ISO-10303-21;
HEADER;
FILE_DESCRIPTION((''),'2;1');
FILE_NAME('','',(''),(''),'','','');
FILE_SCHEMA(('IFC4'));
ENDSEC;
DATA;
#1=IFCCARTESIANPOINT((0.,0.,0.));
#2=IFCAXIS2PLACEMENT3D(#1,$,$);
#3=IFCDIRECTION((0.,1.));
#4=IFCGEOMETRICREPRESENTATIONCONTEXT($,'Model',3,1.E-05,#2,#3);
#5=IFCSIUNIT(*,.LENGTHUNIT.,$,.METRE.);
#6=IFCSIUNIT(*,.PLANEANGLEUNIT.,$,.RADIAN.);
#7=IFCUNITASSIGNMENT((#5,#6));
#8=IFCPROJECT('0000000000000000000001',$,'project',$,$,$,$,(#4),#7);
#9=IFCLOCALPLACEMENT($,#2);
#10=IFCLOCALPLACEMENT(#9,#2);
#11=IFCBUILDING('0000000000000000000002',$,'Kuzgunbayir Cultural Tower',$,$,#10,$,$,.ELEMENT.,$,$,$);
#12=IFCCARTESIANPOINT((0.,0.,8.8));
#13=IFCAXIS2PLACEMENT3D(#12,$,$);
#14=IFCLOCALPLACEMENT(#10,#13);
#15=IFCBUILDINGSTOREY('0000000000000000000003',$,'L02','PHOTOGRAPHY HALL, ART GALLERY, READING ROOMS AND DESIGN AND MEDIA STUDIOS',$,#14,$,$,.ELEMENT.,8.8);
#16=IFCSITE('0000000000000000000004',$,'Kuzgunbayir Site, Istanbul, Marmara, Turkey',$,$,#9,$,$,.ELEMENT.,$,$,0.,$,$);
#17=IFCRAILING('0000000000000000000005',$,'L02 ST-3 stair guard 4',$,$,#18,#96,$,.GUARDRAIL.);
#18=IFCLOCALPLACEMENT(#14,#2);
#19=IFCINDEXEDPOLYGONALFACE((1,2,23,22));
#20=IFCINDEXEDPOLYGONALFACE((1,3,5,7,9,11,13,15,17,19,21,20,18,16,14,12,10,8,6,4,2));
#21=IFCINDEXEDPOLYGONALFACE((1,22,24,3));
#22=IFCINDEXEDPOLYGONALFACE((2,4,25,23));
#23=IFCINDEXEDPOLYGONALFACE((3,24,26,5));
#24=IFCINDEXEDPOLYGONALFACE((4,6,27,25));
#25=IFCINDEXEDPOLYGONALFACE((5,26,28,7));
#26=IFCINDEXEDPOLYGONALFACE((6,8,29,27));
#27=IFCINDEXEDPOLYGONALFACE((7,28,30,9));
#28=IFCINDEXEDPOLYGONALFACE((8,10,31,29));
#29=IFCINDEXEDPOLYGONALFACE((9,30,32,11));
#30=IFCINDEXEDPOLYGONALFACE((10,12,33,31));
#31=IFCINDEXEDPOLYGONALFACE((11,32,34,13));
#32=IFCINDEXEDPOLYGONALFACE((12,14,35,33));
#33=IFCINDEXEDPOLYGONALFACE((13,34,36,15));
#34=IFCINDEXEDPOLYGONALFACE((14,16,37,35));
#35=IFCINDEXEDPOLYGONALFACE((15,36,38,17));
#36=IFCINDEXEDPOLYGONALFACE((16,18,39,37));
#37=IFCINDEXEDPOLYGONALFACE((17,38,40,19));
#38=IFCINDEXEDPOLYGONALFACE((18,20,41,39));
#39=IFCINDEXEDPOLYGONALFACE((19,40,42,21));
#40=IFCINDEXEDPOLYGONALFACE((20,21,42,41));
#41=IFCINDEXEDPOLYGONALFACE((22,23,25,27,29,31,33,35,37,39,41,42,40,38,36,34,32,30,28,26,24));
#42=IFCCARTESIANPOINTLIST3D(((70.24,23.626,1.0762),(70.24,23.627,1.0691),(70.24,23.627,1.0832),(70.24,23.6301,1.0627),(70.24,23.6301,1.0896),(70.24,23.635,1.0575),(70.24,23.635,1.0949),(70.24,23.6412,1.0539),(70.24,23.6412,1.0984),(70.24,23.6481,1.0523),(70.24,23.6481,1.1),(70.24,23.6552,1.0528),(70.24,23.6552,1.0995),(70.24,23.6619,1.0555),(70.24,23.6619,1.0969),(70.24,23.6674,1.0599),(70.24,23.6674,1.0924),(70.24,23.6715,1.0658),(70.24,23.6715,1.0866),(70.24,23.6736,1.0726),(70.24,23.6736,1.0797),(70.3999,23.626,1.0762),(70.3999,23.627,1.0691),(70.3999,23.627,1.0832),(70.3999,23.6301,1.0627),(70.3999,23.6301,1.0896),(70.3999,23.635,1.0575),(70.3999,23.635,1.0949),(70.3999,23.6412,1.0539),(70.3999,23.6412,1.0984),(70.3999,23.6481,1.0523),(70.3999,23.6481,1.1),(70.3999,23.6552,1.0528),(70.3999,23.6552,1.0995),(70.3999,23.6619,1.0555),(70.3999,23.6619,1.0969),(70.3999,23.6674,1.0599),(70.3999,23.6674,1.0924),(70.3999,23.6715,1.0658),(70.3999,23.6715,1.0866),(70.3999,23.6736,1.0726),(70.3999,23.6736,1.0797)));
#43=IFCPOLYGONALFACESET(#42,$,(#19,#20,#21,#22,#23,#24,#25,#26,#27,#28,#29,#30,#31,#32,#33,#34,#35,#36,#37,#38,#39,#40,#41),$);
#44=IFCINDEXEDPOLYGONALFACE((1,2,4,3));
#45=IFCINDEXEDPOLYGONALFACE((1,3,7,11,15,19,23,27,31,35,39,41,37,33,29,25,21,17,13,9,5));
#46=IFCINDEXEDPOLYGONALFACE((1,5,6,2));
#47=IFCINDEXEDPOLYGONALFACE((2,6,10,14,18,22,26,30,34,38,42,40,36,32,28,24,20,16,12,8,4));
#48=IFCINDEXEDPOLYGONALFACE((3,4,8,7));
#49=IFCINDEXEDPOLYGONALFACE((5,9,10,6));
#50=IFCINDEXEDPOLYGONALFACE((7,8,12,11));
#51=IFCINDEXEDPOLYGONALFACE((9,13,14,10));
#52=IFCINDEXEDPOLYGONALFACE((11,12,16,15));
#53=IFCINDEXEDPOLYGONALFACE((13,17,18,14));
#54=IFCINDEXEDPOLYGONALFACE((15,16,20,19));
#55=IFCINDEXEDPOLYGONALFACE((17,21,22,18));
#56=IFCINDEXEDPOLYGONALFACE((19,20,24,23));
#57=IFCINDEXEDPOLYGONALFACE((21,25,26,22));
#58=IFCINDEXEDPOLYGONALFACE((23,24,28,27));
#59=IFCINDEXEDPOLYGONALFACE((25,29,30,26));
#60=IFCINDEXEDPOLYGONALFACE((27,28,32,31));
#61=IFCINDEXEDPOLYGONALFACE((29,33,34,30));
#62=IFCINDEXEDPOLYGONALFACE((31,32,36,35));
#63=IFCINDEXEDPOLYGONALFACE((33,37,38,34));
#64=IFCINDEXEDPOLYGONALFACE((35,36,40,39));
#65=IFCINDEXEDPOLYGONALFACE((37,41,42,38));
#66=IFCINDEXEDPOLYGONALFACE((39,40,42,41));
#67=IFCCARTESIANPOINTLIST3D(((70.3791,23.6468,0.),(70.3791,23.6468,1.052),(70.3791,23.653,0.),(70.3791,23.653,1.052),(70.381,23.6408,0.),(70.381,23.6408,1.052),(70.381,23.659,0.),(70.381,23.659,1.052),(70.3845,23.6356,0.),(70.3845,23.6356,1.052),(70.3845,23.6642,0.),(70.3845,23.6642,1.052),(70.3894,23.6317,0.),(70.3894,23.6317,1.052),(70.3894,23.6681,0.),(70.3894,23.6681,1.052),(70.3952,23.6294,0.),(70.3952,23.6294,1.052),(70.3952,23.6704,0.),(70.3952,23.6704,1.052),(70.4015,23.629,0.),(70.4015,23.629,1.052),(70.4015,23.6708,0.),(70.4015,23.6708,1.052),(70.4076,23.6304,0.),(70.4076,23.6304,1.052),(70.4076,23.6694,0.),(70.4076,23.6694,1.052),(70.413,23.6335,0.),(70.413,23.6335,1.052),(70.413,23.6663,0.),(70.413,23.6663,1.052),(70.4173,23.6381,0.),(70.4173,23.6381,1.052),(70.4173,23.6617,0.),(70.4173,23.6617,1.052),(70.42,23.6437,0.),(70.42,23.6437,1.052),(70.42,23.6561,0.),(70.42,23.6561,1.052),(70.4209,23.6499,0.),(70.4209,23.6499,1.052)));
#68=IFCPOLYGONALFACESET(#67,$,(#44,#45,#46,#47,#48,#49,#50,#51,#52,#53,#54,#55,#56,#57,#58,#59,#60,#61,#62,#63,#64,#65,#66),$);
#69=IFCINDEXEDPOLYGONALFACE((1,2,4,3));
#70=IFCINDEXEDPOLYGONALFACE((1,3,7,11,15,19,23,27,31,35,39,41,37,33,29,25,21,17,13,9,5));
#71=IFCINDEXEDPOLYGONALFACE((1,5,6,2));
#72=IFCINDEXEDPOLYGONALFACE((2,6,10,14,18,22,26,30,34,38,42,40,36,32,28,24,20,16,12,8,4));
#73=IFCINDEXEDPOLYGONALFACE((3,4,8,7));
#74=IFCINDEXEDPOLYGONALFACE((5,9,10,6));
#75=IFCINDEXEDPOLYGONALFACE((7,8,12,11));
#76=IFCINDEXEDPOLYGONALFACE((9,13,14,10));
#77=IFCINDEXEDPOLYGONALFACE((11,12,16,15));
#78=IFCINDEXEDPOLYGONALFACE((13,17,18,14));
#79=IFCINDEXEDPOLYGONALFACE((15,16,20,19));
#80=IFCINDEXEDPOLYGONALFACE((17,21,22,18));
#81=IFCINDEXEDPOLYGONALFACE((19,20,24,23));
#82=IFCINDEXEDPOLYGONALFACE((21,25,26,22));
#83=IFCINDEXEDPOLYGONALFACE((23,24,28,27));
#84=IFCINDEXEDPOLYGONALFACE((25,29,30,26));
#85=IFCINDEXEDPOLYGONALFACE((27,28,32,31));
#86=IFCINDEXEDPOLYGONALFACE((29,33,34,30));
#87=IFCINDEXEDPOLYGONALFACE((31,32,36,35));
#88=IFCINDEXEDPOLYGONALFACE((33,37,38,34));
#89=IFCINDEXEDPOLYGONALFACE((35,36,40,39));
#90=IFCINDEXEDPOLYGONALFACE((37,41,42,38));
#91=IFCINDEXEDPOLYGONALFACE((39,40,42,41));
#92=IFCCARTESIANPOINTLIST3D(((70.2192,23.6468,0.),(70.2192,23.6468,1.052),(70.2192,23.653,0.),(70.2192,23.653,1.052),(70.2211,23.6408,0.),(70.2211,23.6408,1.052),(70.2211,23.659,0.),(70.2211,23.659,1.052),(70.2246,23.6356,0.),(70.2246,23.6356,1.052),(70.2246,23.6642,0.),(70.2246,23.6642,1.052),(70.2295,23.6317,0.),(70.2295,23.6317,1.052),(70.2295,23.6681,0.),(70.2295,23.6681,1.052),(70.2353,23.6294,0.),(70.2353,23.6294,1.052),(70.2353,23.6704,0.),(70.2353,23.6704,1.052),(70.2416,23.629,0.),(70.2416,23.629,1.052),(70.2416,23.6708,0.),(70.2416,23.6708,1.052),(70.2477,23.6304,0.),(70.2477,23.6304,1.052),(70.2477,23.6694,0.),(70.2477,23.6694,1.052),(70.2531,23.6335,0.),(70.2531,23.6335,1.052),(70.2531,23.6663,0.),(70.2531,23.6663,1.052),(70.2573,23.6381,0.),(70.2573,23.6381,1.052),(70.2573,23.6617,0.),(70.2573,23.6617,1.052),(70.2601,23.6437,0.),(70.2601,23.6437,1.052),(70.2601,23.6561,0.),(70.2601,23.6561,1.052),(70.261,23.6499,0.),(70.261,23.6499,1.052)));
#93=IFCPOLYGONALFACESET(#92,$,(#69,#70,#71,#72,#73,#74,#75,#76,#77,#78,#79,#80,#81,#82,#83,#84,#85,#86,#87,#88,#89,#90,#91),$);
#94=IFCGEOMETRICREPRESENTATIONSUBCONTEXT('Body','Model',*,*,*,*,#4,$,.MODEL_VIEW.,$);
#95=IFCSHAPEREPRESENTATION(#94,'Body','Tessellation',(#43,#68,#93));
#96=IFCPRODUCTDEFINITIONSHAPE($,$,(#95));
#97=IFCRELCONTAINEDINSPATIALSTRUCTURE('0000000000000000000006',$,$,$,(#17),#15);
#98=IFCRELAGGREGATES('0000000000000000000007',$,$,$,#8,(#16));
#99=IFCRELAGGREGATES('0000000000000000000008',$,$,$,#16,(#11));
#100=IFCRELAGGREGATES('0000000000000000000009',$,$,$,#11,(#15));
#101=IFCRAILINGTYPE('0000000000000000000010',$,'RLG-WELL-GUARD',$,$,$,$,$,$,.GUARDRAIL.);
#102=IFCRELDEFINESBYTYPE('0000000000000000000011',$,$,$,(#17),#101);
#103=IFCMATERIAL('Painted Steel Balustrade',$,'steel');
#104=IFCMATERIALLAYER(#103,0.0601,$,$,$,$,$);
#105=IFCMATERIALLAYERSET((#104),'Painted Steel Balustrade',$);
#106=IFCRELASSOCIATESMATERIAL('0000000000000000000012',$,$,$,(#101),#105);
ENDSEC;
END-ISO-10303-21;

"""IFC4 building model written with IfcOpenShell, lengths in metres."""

from ifc_helpers import new_model, si_unit, direction, frame, origin, origin_2d, place, context, subcontext, project, spatial, circle, extrude, material, layer, layer_set, type_object, element, save


model = new_model("IFC4")

# Units and contexts
model_context = context("Model", 3, precision=1e-05, world=origin(), true_north=direction((0.0, 1.0)))
body_context = subcontext(model_context, "Body", "Model", "MODEL_VIEW")
ifc_project = project(units=[si_unit("LENGTHUNIT", "METRE"), si_unit("PLANEANGLEUNIT", "RADIAN")], contexts=[model_context])

# Site, building, storey
site_placement = place(None, origin())
site = spatial("IfcSite", under=ifc_project, at=site_placement, Name="Kuzgunbayir Site, Istanbul, Marmara, Turkey", CompositionType="ELEMENT", RefElevation=0.0)
building_placement = place(site_placement, origin())
building = spatial("IfcBuilding", under=site, at=building_placement, Name="Kuzgunbayir Cultural Tower", CompositionType="ELEMENT")
storey_placement = place(building_placement, frame((0.0, 0.0, 8.8)))
storey = spatial("IfcBuildingStorey", under=building, at=storey_placement, Name="L02", Description="PHOTOGRAPHY HALL, ART GALLERY, READING ROOMS AND DESIGN AND MEDIA STUDIOS", CompositionType="ELEMENT", Elevation=8.8)

# Railing
ifc_material_1 = material(Name="Painted Steel Balustrade", Category="steel")
ifc_layer_1 = layer(ifc_material_1, 0.0601)
ifc_layer_set_1 = layer_set([ifc_layer_1], Name="Painted Steel Balustrade")
railing_type = type_object("IfcRailingType", Name="RLG-WELL-GUARD", PredefinedType="GUARDRAIL", material=ifc_layer_set_1)
railing_placement = place(storey_placement, frame((70.3999, 23.6499, 0.0)))
element("IfcRailing", 1, at=railing_placement, inside=storey, type_object=railing_type, Name="L02 ST-3 stair guard 4", PredefinedType="GUARDRAIL", context=body_context, shape_type="SweptSolid", body=[
    extrude(circle(Radius=0.0239, at=origin_2d()), frame((0.0, 0.0, 1.0762), z_axis=(-1.0, 0.0, 0.0), x_axis=(0.0, -1.0, 0.0)), (0.0, 0.0, 1.0), 0.1599),
    extrude(circle(Radius=0.021, at=origin_2d()), origin(), (0.0, 0.0, 1.0), 1.052),
    extrude(circle(Radius=0.021, at=origin_2d()), frame((-0.1599, 0.0, 0.0)), (0.0, 0.0, 1.0), 1.052),
])

save(model, "model.ifc")
